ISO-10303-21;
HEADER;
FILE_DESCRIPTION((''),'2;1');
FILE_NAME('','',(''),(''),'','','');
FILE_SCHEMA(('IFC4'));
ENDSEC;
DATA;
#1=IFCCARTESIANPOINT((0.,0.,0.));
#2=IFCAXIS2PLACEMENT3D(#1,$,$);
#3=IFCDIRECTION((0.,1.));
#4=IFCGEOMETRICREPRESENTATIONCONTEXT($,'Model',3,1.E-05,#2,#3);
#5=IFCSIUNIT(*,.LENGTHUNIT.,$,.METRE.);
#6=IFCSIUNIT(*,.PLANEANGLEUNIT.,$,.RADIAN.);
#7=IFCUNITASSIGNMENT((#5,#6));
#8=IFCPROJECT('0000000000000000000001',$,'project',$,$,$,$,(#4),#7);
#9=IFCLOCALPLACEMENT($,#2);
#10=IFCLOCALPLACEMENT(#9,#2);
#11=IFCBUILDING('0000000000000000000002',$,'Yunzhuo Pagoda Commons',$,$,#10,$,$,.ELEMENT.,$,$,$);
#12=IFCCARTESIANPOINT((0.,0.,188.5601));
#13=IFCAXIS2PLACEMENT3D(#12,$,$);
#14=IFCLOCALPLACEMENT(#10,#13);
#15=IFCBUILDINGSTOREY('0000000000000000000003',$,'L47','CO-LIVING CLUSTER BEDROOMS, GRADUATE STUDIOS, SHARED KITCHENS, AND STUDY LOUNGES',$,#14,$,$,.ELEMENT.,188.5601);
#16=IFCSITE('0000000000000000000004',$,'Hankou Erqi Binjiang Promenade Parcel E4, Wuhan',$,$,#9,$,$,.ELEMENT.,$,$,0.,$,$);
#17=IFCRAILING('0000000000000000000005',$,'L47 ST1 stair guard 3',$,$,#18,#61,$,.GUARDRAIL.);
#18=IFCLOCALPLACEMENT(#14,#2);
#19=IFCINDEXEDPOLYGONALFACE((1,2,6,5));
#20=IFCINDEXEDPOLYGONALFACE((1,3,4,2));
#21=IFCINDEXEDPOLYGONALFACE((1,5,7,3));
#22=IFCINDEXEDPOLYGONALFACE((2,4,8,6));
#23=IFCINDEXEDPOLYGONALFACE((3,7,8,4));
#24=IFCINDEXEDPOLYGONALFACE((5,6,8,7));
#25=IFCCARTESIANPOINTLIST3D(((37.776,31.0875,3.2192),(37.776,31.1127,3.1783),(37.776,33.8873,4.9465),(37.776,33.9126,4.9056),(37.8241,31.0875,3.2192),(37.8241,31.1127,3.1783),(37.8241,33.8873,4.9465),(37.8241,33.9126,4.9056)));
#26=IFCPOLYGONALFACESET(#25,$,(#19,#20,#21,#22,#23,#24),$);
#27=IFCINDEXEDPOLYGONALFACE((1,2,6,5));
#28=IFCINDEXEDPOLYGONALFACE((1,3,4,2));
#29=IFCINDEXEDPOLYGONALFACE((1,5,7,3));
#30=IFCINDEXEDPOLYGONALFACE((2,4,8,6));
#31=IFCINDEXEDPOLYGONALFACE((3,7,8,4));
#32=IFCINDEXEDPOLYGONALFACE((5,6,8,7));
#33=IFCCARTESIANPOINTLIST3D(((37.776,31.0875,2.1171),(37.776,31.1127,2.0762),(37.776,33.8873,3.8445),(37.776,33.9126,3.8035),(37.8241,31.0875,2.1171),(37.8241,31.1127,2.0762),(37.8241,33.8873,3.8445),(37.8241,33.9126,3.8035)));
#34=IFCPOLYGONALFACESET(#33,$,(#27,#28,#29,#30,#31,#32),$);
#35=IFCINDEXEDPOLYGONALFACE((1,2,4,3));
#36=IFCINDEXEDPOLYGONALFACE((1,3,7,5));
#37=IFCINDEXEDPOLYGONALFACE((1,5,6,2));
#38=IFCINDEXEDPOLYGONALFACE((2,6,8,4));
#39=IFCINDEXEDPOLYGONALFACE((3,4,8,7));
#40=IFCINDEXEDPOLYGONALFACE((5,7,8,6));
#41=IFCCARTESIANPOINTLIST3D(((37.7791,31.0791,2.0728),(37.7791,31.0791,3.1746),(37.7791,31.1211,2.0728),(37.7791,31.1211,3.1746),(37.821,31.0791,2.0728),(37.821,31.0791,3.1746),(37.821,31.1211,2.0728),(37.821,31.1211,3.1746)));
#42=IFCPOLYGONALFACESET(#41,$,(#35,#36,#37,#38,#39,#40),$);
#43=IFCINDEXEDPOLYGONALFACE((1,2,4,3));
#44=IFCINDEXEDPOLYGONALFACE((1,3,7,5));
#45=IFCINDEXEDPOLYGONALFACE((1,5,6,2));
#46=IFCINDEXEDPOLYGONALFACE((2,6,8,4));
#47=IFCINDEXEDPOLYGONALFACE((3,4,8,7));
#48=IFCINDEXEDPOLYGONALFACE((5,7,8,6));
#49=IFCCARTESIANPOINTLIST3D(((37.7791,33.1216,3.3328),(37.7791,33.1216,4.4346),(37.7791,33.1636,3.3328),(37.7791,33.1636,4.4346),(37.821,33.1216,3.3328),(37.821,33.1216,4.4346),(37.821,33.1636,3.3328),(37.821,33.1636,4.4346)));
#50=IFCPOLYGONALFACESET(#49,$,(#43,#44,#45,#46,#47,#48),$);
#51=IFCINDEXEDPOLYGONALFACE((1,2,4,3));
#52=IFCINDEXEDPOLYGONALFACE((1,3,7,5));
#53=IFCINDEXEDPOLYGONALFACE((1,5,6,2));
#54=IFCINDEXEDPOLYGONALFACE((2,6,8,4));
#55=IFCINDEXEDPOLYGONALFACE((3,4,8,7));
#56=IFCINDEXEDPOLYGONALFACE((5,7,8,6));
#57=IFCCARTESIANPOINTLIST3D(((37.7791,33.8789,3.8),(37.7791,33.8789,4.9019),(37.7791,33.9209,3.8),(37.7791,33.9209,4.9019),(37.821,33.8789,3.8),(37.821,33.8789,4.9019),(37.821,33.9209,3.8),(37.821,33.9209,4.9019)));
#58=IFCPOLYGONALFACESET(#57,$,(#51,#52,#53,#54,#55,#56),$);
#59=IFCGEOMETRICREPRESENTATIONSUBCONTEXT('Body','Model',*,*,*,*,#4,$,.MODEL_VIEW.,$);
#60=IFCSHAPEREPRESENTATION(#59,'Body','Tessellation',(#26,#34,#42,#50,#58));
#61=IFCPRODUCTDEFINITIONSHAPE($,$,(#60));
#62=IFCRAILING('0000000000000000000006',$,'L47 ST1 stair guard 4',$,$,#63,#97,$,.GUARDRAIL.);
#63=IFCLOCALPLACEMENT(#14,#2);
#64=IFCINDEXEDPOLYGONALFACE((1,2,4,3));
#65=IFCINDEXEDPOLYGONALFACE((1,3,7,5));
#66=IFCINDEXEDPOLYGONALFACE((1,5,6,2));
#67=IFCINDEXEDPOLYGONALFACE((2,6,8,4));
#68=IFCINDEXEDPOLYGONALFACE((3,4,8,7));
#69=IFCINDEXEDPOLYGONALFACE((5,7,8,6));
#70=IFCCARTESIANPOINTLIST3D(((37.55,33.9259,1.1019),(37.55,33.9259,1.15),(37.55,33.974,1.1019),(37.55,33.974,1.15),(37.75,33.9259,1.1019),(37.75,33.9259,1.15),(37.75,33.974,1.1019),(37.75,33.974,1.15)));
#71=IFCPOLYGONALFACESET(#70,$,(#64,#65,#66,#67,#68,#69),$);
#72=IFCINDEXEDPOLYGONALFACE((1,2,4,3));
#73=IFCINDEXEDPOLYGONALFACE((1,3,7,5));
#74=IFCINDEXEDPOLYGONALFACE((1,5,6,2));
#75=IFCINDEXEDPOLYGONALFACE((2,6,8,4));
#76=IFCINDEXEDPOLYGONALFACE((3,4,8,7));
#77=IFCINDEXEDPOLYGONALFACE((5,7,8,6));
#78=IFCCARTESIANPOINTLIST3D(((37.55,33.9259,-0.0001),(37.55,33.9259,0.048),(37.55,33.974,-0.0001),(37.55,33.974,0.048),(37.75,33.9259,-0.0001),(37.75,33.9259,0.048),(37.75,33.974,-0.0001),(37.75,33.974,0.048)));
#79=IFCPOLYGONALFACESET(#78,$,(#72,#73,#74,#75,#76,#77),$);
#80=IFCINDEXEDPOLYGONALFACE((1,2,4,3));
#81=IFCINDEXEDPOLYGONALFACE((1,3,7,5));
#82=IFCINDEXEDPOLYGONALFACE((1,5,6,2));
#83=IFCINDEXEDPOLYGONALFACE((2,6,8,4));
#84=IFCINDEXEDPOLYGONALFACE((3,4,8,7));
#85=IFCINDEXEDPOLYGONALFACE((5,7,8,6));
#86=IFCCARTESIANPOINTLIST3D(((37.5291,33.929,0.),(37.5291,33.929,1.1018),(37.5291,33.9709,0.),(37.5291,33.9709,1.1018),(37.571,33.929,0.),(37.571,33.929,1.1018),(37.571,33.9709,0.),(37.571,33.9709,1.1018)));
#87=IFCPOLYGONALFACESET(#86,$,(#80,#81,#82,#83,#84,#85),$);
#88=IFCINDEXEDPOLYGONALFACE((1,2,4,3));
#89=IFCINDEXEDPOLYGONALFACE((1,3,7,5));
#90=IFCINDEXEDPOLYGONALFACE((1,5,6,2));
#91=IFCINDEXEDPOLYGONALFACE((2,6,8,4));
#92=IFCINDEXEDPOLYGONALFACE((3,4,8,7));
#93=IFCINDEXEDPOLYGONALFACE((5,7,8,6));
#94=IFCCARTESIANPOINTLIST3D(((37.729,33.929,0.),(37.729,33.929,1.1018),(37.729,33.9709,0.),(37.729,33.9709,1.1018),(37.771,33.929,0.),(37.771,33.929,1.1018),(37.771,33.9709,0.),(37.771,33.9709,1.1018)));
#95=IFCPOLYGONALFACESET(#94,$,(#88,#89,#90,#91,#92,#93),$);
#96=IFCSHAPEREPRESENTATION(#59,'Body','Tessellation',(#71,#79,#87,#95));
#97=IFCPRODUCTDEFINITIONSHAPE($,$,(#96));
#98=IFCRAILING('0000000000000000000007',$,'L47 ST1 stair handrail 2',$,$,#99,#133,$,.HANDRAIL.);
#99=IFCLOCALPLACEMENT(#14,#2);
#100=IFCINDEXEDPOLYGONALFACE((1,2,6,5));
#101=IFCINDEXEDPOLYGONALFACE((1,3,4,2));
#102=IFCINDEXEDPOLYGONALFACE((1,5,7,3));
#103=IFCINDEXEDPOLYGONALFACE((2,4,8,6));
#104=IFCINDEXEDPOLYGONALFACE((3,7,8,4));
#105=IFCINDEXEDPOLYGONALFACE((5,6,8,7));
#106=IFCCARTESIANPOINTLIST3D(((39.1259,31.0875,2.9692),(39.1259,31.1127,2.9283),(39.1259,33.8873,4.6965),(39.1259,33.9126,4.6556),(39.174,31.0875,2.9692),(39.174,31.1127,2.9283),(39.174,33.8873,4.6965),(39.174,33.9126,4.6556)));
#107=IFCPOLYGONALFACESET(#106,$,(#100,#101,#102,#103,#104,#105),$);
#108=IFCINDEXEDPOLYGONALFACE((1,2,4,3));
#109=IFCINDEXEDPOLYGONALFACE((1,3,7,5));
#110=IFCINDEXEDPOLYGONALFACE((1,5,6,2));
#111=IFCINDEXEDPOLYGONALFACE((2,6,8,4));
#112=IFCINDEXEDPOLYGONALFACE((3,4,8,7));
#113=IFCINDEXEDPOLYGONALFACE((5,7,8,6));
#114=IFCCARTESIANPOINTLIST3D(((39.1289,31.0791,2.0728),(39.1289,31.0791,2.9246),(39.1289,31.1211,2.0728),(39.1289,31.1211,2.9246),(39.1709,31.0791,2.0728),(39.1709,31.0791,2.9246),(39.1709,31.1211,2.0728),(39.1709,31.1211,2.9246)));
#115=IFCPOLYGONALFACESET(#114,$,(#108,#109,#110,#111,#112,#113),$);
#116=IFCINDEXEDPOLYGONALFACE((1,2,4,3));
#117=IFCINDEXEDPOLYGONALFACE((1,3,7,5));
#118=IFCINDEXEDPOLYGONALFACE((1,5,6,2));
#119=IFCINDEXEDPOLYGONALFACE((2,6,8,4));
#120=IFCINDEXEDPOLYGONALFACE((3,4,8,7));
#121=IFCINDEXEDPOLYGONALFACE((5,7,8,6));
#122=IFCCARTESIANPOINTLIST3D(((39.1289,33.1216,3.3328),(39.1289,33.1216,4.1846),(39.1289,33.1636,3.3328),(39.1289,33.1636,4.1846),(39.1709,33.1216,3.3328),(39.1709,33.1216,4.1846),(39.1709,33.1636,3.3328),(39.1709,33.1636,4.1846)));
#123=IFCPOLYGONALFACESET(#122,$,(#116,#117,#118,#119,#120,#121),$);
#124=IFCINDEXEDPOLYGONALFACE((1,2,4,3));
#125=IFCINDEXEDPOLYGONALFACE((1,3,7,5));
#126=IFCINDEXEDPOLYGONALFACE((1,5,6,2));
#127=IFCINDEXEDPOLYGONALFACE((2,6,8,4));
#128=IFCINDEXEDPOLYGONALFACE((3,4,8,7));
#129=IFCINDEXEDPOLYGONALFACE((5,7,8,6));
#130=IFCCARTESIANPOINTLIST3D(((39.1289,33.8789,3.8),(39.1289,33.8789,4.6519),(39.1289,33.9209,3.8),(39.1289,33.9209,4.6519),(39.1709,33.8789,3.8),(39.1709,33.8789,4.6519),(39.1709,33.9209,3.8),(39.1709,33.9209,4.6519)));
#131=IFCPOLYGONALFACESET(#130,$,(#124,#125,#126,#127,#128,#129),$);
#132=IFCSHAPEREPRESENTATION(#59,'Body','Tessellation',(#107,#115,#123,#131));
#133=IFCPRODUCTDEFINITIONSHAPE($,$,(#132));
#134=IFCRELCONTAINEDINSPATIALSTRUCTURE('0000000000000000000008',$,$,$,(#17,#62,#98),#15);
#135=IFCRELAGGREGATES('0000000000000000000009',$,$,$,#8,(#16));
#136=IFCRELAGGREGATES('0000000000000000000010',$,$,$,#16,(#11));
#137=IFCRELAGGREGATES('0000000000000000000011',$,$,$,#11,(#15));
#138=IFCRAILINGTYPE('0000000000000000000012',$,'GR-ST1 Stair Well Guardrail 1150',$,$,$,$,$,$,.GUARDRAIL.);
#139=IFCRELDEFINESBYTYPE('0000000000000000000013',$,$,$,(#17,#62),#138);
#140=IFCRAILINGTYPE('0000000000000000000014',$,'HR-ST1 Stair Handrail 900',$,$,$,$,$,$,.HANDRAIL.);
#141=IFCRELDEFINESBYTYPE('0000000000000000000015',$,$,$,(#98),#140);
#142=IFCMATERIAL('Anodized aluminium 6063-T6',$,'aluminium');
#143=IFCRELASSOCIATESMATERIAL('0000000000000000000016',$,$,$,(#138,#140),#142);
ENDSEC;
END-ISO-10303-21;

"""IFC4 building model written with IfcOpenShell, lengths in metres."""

from ifc_helpers import new_model, si_unit, direction, frame, origin, origin_2d, place, context, subcontext, project, spatial, rectangle, extrude, material, type_object, element, save


model = new_model("IFC4")

# Units and contexts
model_context = context("Model", 3, precision=1e-05, world=origin(), true_north=direction((0.0, 1.0)))
body_context = subcontext(model_context, "Body", "Model", "MODEL_VIEW")
ifc_project = project(units=[si_unit("LENGTHUNIT", "METRE"), si_unit("PLANEANGLEUNIT", "RADIAN")], contexts=[model_context])

# Site, building, storey
site_placement = place(None, origin())
site = spatial("IfcSite", under=ifc_project, at=site_placement, Name="Hankou Erqi Binjiang Promenade Parcel E4, Wuhan", CompositionType="ELEMENT", RefElevation=0.0)
building_placement = place(site_placement, origin())
building = spatial("IfcBuilding", under=site, at=building_placement, Name="Yunzhuo Pagoda Commons", CompositionType="ELEMENT")
storey_placement = place(building_placement, frame((0.0, 0.0, 188.5601)))
storey = spatial("IfcBuildingStorey", under=building, at=storey_placement, Name="L47", Description="CO-LIVING CLUSTER BEDROOMS, GRADUATE STUDIOS, SHARED KITCHENS, AND STUDY LOUNGES", CompositionType="ELEMENT", Elevation=188.5601)

# Railings
ifc_material_1 = material(Name="Anodized aluminium 6063-T6", Category="aluminium")
railing_type_1 = type_object("IfcRailingType", Name="GR-ST1 Stair Well Guardrail 1150", PredefinedType="GUARDRAIL", material=ifc_material_1)
railing_1_placement = place(storey_placement, frame((37.8, 31.1001, 2.0728)))
element("IfcRailing", 1, at=railing_1_placement, inside=storey, type_object=railing_type_1, Name="L47 ST1 stair guard 3", PredefinedType="GUARDRAIL", context=body_context, shape_type="SweptSolid", body=[
    extrude(rectangle(XDim=0.0481, YDim=0.0481, at=origin_2d()), frame((0.0, 0.0, 1.126), z_axis=(0.0, 0.851069, 0.525054), x_axis=(-1.0, 0.0, 0.0)), (0.0, 0.0, 1.0), 3.2898),
    extrude(rectangle(XDim=0.0481, YDim=0.0481, at=origin_2d()), frame((0.0, 0.0, 0.0239), z_axis=(0.0, 0.851069, 0.525054), x_axis=(-1.0, 0.0, 0.0)), (0.0, 0.0, 1.0), 3.2898),
    extrude(rectangle(XDim=0.042, YDim=0.042, at=origin_2d()), origin(), (0.0, 0.0, 1.0), 1.1018),
    extrude(rectangle(XDim=0.042, YDim=0.042, at=origin_2d()), frame((0.0, 2.0425, 1.26)), (0.0, 0.0, 1.0), 1.1018),
    extrude(rectangle(XDim=0.042, YDim=0.042, at=origin_2d()), frame((0.0, 2.7998, 1.7273)), (0.0, 0.0, 1.0), 1.1018),
])
railing_2_placement = place(storey_placement, frame((37.55, 33.95, 0.0)))
element("IfcRailing", 2, at=railing_2_placement, inside=storey, type_object=railing_type_1, Name="L47 ST1 stair guard 4", PredefinedType="GUARDRAIL", context=body_context, shape_type="SweptSolid", body=[
    extrude(rectangle(XDim=0.0481, YDim=0.0481, at=origin_2d()), frame((0.0, 0.0, 1.126), z_axis=(1.0, 0.0, 0.0), x_axis=(0.0, 1.0, 0.0)), (0.0, 0.0, 1.0), 0.2),
    extrude(rectangle(XDim=0.0481, YDim=0.0481, at=origin_2d()), frame((0.0, 0.0, 0.0239), z_axis=(1.0, 0.0, 0.0), x_axis=(0.0, 1.0, 0.0)), (0.0, 0.0, 1.0), 0.2),
    extrude(rectangle(XDim=0.042, YDim=0.042, at=origin_2d()), origin(), (0.0, 0.0, 1.0), 1.1018),
    extrude(rectangle(XDim=0.042, YDim=0.042, at=origin_2d()), frame((0.2, 0.0, 0.0)), (0.0, 0.0, 1.0), 1.1018),
])
railing_type_2 = type_object("IfcRailingType", Name="HR-ST1 Stair Handrail 900", PredefinedType="HANDRAIL", material=ifc_material_1)
railing_3_placement = place(storey_placement, frame((39.1499, 31.1001, 2.0728)))
element("IfcRailing", 3, at=railing_3_placement, inside=storey, type_object=railing_type_2, Name="L47 ST1 stair handrail 2", PredefinedType="HANDRAIL", context=body_context, shape_type="SweptSolid", body=[
    extrude(rectangle(XDim=0.0481, YDim=0.0481, at=origin_2d()), frame((0.0, 0.0, 0.876), z_axis=(0.0, 0.851069, 0.525054), x_axis=(-1.0, 0.0, 0.0)), (0.0, 0.0, 1.0), 3.2898),
    extrude(rectangle(XDim=0.042, YDim=0.042, at=origin_2d()), origin(), (0.0, 0.0, 1.0), 0.8518),
    extrude(rectangle(XDim=0.042, YDim=0.042, at=origin_2d()), frame((0.0, 2.0425, 1.26)), (0.0, 0.0, 1.0), 0.8518),
    extrude(rectangle(XDim=0.042, YDim=0.042, at=origin_2d()), frame((0.0, 2.7998, 1.7273)), (0.0, 0.0, 1.0), 0.8518),
])

save(model, "model.ifc")
